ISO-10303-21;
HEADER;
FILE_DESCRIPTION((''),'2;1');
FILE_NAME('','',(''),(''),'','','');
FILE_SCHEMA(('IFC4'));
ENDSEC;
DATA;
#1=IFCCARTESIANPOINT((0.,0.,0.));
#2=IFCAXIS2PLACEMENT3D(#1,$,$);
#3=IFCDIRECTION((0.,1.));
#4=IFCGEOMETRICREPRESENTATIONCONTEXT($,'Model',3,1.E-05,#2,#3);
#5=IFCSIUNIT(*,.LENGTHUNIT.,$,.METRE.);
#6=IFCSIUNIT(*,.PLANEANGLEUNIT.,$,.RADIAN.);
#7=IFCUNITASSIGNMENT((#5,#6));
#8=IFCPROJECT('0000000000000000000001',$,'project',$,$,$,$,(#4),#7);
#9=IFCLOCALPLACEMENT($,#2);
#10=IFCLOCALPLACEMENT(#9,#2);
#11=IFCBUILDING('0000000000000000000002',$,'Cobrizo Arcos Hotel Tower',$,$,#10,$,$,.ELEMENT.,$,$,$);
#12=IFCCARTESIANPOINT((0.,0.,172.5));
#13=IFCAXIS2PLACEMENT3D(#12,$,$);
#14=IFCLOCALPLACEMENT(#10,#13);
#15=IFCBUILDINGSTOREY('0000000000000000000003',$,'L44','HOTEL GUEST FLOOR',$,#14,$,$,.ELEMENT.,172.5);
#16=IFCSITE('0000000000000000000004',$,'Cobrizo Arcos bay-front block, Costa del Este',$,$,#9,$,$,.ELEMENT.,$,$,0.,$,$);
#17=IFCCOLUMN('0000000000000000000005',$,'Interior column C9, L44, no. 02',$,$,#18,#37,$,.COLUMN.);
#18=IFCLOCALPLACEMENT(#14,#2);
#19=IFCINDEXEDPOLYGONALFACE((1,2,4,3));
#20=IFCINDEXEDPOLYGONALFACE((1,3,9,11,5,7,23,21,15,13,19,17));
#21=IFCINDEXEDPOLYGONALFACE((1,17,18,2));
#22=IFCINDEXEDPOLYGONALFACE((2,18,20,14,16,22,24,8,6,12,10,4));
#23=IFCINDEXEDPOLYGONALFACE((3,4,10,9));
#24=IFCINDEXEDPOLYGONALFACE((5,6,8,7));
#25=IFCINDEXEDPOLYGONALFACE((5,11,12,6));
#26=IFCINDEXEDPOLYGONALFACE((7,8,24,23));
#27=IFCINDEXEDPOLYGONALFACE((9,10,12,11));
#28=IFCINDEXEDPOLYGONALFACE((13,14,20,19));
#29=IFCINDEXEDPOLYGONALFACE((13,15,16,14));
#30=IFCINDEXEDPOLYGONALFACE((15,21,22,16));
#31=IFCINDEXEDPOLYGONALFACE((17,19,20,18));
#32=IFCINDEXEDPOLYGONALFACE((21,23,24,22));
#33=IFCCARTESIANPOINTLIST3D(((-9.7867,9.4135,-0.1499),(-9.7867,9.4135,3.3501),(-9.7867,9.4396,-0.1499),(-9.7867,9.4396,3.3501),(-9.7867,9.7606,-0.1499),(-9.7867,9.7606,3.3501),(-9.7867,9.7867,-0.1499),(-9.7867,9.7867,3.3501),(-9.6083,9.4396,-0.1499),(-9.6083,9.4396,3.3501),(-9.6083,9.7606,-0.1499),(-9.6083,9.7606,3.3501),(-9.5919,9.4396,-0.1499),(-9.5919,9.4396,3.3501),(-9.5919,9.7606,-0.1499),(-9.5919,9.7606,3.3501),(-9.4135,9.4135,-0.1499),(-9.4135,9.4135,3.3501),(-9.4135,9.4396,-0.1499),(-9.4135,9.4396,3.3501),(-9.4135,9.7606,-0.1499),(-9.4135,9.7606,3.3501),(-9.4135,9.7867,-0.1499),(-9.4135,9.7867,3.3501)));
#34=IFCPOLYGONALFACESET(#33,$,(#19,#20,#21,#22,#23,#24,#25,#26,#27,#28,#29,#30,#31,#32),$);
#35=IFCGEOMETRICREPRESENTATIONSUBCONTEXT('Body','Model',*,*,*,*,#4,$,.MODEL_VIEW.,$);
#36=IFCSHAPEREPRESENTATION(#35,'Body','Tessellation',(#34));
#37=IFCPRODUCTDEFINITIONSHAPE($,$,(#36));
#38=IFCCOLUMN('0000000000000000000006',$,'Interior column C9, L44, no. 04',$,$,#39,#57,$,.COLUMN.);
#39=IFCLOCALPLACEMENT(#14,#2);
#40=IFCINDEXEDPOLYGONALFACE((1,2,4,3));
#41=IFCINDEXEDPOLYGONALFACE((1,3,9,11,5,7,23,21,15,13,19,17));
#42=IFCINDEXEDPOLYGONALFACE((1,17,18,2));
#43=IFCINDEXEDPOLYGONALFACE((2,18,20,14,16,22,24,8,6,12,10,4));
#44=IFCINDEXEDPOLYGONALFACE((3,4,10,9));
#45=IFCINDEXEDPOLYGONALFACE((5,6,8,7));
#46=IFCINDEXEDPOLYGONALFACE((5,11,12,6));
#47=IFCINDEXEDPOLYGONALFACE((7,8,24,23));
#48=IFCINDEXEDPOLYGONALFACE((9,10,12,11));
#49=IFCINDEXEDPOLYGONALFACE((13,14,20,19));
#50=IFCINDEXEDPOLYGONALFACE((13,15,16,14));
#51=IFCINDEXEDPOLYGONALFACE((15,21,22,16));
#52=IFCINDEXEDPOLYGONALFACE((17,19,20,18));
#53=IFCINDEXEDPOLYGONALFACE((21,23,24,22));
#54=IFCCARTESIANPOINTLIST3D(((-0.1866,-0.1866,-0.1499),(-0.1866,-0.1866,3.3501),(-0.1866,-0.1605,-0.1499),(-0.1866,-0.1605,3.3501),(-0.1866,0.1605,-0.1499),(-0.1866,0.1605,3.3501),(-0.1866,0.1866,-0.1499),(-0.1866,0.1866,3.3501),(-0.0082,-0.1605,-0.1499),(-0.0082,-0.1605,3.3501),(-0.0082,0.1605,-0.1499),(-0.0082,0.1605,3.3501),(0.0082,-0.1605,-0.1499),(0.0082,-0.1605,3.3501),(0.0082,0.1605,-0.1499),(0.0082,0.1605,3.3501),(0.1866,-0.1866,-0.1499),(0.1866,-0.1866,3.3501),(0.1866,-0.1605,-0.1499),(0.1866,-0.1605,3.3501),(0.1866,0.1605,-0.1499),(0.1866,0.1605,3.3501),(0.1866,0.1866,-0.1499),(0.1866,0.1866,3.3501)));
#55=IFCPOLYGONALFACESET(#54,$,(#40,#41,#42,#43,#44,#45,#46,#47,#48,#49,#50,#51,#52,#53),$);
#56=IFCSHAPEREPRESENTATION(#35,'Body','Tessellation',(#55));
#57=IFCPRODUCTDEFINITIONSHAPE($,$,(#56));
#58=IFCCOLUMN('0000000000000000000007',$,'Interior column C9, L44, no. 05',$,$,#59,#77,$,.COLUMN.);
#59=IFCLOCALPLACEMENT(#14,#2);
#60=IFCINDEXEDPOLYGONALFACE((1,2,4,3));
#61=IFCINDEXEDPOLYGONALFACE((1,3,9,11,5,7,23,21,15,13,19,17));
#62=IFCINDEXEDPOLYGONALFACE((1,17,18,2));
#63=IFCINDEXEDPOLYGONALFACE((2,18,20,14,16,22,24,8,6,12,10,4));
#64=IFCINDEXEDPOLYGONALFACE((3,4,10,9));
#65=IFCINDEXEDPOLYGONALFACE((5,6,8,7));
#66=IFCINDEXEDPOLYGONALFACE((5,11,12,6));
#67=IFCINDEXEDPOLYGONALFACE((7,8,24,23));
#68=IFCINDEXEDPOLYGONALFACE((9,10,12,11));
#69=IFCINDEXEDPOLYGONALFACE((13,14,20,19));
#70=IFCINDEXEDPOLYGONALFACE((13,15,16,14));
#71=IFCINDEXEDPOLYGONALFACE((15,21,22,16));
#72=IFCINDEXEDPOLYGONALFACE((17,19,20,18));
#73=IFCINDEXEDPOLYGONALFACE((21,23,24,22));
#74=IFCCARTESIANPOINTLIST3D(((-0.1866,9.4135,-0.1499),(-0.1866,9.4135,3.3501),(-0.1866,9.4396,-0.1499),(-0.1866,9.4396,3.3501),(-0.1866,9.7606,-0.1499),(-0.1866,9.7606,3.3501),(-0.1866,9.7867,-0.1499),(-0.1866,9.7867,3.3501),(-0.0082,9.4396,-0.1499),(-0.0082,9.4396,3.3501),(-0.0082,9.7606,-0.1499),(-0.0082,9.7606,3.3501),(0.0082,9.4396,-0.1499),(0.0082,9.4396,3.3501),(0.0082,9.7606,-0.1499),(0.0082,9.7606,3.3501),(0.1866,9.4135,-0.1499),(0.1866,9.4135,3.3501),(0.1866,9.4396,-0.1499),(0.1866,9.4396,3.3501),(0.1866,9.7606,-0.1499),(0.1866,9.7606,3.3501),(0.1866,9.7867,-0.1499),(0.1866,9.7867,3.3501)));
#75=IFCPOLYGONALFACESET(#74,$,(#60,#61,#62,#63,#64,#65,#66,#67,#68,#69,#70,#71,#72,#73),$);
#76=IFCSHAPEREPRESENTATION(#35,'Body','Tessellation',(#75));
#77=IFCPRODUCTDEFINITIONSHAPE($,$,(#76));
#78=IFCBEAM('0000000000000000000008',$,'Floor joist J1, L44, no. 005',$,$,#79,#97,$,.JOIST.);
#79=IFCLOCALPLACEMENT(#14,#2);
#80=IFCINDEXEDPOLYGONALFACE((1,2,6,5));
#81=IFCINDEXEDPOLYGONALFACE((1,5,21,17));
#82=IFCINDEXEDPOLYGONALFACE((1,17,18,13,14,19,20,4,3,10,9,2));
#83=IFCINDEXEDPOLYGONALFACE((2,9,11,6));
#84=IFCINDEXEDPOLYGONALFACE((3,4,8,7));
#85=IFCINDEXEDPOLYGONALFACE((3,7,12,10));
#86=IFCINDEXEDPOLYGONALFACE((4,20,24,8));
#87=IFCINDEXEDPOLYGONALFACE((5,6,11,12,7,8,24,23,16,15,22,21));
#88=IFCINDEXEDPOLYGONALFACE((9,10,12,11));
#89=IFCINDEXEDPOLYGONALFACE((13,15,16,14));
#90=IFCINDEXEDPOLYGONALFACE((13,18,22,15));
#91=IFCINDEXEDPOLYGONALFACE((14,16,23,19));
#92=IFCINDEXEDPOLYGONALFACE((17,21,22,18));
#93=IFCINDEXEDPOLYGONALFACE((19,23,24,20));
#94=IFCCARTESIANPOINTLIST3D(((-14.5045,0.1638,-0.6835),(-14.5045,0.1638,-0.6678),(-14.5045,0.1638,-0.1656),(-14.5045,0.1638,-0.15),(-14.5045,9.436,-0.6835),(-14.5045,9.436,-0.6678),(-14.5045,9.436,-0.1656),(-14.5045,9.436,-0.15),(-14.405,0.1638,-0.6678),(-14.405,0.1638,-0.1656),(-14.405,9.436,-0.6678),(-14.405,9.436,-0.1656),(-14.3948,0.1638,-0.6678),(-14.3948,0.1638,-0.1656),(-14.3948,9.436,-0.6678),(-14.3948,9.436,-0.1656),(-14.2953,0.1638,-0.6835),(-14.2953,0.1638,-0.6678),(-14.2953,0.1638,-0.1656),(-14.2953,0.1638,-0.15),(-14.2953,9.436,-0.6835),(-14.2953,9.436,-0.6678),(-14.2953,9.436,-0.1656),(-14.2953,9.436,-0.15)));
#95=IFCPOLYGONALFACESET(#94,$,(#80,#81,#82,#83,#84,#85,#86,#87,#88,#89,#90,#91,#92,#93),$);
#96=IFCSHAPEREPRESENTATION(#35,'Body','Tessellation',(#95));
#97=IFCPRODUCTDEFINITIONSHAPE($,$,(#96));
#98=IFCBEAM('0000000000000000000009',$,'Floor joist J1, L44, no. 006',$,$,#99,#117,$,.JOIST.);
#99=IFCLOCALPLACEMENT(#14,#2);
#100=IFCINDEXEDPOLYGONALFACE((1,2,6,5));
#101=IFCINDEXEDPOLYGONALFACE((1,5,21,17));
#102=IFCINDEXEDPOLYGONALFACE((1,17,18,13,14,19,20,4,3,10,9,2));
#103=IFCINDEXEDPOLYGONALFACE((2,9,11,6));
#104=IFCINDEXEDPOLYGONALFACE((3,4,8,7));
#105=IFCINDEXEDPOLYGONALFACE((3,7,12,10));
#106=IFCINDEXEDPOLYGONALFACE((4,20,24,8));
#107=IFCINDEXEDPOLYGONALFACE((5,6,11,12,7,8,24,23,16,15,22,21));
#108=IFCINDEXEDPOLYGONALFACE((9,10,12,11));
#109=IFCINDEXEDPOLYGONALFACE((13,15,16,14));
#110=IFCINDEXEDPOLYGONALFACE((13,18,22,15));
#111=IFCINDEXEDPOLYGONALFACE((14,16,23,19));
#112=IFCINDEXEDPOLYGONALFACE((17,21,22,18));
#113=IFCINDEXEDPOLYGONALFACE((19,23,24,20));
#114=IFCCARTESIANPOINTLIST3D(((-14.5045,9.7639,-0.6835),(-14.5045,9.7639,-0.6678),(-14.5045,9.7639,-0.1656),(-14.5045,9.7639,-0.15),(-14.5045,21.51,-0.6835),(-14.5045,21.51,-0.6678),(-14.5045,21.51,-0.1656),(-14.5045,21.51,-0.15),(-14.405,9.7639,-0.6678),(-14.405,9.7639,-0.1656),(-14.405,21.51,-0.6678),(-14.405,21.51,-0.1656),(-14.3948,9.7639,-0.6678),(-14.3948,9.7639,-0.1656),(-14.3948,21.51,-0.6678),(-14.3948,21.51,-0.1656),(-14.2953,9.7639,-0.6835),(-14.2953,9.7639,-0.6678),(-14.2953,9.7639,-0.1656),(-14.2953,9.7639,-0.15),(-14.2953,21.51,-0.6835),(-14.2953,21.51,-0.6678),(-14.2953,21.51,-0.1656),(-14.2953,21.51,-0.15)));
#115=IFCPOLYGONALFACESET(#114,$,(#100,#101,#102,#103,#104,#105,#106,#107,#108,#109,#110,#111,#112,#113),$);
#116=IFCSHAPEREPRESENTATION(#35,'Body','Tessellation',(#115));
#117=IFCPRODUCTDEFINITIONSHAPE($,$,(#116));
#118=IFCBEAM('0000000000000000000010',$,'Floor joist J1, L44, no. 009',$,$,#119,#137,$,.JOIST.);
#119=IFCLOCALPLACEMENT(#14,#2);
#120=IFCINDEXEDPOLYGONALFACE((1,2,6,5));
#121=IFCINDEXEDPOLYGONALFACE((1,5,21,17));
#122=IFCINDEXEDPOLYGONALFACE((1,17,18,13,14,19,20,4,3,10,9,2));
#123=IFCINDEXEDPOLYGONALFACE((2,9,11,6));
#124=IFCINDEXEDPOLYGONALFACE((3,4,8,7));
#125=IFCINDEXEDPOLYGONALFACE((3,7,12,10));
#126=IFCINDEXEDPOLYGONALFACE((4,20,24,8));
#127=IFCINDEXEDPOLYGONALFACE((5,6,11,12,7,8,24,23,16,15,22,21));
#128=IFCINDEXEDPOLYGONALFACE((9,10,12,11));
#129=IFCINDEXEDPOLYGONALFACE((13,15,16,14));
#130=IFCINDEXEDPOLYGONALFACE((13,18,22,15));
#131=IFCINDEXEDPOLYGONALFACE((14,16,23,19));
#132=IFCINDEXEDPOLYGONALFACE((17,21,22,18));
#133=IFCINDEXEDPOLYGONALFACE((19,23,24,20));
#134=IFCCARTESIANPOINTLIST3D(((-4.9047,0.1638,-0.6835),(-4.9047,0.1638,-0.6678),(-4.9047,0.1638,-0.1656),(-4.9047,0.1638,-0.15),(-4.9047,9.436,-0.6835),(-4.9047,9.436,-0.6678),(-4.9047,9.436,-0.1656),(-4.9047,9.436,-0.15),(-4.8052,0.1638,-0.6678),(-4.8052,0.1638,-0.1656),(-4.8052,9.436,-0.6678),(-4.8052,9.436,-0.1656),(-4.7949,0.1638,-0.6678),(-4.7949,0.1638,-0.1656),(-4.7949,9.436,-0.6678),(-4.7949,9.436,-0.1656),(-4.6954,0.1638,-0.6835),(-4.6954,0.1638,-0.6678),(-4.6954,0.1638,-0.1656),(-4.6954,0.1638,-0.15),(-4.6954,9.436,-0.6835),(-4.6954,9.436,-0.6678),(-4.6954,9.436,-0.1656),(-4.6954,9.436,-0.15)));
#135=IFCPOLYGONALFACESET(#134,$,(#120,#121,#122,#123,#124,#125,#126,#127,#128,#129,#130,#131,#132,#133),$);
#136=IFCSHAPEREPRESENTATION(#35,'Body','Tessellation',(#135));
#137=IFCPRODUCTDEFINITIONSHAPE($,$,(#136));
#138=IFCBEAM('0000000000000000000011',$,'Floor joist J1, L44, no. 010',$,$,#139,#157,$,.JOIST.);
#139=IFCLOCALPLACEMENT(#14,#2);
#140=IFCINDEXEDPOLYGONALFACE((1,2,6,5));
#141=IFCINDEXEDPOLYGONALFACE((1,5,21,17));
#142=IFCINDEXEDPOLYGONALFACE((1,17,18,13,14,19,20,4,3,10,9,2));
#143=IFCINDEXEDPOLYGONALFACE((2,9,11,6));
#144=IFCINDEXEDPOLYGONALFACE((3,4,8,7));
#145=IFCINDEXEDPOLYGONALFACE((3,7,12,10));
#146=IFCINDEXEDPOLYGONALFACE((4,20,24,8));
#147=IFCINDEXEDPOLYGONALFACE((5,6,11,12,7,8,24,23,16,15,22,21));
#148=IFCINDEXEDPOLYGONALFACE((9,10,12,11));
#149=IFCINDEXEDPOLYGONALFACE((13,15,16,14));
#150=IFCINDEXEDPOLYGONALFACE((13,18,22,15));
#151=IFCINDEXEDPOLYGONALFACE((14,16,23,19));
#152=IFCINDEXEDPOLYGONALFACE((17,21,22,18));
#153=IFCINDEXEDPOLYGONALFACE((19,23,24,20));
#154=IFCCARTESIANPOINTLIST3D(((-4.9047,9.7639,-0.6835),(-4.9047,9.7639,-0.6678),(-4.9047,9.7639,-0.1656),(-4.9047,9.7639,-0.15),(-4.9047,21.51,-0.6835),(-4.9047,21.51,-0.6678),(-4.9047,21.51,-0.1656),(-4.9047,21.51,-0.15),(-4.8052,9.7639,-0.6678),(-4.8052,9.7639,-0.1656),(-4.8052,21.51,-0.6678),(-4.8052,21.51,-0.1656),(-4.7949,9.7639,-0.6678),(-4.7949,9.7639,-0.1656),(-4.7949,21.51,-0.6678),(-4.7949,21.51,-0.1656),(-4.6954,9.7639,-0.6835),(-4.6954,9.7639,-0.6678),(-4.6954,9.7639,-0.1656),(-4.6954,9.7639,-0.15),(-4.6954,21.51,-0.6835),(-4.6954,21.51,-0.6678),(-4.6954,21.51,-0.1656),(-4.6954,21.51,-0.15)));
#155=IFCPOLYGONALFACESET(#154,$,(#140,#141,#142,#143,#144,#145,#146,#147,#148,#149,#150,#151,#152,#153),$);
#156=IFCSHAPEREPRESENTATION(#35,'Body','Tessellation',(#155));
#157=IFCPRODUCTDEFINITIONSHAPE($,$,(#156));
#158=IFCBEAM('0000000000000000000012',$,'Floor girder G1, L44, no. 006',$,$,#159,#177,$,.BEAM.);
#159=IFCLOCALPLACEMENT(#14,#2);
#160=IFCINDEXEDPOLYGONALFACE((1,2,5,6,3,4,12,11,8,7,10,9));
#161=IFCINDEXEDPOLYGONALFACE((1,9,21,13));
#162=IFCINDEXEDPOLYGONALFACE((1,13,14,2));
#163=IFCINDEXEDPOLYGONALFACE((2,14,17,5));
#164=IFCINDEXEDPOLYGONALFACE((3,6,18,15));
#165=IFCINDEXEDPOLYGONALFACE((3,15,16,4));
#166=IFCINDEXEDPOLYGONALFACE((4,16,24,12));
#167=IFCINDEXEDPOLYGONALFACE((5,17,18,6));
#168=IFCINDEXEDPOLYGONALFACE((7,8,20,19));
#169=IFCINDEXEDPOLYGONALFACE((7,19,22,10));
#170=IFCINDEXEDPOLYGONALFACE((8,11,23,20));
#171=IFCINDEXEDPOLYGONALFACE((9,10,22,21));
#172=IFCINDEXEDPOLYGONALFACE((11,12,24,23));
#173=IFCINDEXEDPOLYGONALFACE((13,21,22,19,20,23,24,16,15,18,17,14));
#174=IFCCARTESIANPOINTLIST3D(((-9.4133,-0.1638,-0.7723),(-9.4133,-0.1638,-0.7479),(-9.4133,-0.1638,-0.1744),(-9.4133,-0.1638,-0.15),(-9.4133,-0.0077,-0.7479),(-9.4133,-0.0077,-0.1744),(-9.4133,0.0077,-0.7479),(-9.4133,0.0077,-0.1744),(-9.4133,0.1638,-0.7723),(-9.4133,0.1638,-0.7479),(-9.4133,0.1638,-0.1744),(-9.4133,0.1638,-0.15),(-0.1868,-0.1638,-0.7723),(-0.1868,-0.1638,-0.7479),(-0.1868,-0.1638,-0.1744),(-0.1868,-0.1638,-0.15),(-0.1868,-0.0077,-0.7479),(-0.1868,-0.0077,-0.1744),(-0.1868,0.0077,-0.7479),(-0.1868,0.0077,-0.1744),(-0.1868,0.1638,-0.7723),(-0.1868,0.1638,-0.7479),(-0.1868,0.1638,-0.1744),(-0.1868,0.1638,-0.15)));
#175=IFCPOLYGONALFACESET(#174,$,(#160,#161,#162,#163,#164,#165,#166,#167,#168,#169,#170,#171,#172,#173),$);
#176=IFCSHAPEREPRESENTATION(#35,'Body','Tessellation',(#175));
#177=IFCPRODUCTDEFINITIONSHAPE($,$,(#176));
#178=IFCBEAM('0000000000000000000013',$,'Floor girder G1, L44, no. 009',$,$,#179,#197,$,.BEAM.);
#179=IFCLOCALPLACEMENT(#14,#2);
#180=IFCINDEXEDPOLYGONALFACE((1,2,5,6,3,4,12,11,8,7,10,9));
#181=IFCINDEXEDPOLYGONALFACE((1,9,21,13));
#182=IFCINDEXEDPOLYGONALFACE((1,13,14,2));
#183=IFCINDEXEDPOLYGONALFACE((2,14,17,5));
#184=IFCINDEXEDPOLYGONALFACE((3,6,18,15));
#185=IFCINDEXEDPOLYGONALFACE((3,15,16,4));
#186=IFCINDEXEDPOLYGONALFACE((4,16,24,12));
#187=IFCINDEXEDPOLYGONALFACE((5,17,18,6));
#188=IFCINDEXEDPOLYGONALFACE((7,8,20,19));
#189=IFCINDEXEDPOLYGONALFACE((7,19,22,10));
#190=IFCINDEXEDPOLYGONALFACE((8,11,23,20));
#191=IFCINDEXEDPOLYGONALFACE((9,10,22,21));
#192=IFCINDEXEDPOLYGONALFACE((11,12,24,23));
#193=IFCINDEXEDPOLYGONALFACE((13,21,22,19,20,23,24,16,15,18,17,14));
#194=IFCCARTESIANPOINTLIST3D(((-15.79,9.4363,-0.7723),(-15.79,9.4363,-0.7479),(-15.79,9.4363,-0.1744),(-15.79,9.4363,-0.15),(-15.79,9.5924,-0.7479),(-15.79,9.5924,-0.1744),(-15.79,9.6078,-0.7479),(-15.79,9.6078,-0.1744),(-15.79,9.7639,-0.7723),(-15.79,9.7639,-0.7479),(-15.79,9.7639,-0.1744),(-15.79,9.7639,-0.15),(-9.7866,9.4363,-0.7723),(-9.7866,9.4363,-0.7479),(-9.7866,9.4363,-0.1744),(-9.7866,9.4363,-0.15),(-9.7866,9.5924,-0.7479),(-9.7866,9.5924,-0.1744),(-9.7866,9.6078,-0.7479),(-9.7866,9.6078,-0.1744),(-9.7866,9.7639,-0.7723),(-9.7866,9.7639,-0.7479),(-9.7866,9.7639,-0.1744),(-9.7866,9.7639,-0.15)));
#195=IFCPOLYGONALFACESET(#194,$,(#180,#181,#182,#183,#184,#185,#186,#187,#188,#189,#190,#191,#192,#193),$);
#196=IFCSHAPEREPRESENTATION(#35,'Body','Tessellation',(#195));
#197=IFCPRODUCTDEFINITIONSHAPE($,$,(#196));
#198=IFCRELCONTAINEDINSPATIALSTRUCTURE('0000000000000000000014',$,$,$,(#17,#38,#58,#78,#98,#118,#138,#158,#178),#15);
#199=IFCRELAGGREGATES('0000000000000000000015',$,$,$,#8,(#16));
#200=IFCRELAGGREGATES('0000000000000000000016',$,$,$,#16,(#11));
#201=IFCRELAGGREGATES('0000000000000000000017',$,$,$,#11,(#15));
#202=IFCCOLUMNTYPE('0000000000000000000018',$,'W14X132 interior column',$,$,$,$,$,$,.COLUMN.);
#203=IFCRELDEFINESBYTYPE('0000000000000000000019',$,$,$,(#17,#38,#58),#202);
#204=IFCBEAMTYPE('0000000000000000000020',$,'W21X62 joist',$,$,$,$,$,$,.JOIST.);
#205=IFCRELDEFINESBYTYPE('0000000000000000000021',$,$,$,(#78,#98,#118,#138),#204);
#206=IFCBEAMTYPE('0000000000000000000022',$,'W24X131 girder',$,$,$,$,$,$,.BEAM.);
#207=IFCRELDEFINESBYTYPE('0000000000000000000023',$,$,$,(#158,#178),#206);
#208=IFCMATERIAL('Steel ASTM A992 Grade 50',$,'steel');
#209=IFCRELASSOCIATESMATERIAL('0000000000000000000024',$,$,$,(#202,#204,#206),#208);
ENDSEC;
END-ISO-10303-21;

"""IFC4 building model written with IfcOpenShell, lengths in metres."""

from ifc_helpers import new_model, si_unit, direction, frame, origin, origin_2d, place, context, subcontext, project, spatial, i_section, extrude, material, material_profile, profile_set, type_object, element, save


model = new_model("IFC4")

# Units and contexts
model_context = context("Model", 3, precision=1e-05, world=origin(), true_north=direction((0.0, 1.0)))
body_context = subcontext(model_context, "Body", "Model", "MODEL_VIEW")
ifc_project = project(units=[si_unit("LENGTHUNIT", "METRE"), si_unit("PLANEANGLEUNIT", "RADIAN")], contexts=[model_context])

# Site, building, storey
site_placement = place(None, origin())
site = spatial("IfcSite", under=ifc_project, at=site_placement, Name="Cobrizo Arcos bay-front block, Costa del Este", CompositionType="ELEMENT", RefElevation=0.0)
building_placement = place(site_placement, origin())
building = spatial("IfcBuilding", under=site, at=building_placement, Name="Cobrizo Arcos Hotel Tower", CompositionType="ELEMENT")
storey_placement = place(building_placement, frame((0.0, 0.0, 172.5)))
storey = spatial("IfcBuildingStorey", under=building, at=storey_placement, Name="L44", Description="HOTEL GUEST FLOOR", CompositionType="ELEMENT", Elevation=172.5)

# Columns
ifc_material_1 = material(Name="Steel ASTM A992 Grade 50", Category="steel")
ifc_material_profile_1 = material_profile(ifc_material_1, i_section(OverallWidth=0.3733, OverallDepth=0.3733, WebThickness=0.0164, FlangeThickness=0.0261, at=origin_2d()), Name="W14X132")
ifc_profile_set_1 = profile_set([ifc_material_profile_1], Name="Steel ASTM A992 Grade 50")
column_type = type_object("IfcColumnType", Name="W14X132 interior column", PredefinedType="COLUMN", material=ifc_profile_set_1)
for number, where, z_axis, x_axis, name in (
    (1, (-9.6001, 9.6001, -0.1499), (0.0, 0.0, 1.0), (1.0, 0.0, 0.0), "Interior column C9, L44, no. 02"),
    (2, (0.0, 0.0, -0.1499), (0.0, 0.0, 1.0), (1.0, 0.0, 0.0), "Interior column C9, L44, no. 04"),
    (3, (0.0, 9.6001, -0.1499), (0.0, 0.0, 1.0), (1.0, 0.0, 0.0), "Interior column C9, L44, no. 05"),
):
    element("IfcColumn", number, at=place(storey_placement, frame(where, z_axis=z_axis, x_axis=x_axis)), inside=storey, type_object=column_type, Name=name, PredefinedType="COLUMN", context=body_context, shape_type="SweptSolid", body=[
        extrude(i_section(OverallWidth=0.3733, OverallDepth=0.3733, WebThickness=0.0164, FlangeThickness=0.0261, at=origin_2d()), origin(), (0.0, 0.0, 1.0), 3.5),
    ])

# Beams
ifc_material_profile_2 = material_profile(ifc_material_1, i_section(OverallWidth=0.2092, OverallDepth=0.5334, WebThickness=0.0103, FlangeThickness=0.0156, at=origin_2d()), Name="W21X62")
ifc_profile_set_2 = profile_set([ifc_material_profile_2], Name="Steel ASTM A992 Grade 50")
beam_type_1 = type_object("IfcBeamType", Name="W21X62 joist", PredefinedType="JOIST", material=ifc_profile_set_2)
beam_1_placement = place(storey_placement, frame((-14.3999, 0.1638, -0.4167), z_axis=(0.0, 1.0, 0.0), x_axis=(-1.0, 0.0, 0.0)))
element("IfcBeam", 4, at=beam_1_placement, inside=storey, type_object=beam_type_1, Name="Floor joist J1, L44, no. 005", PredefinedType="JOIST", context=body_context, shape_type="SweptSolid", body=[
    extrude(i_section(OverallWidth=0.2092, OverallDepth=0.5334, WebThickness=0.0103, FlangeThickness=0.0156, at=origin_2d()), origin(), (0.0, 0.0, 1.0), 9.2722),
])
beam_2_placement = place(storey_placement, frame((-14.3999, 9.7639, -0.4167), z_axis=(0.0, 1.0, 0.0), x_axis=(-1.0, 0.0, 0.0)))
element("IfcBeam", 5, at=beam_2_placement, inside=storey, type_object=beam_type_1, Name="Floor joist J1, L44, no. 006", PredefinedType="JOIST", context=body_context, shape_type="SweptSolid", body=[
    extrude(i_section(OverallWidth=0.2092, OverallDepth=0.5334, WebThickness=0.0103, FlangeThickness=0.0156, at=origin_2d()), origin(), (0.0, 0.0, 1.0), 11.7461),
])
beam_3_placement = place(storey_placement, frame((-4.8, 0.1638, -0.4167), z_axis=(0.0, 1.0, 0.0), x_axis=(-1.0, 0.0, 0.0)))
element("IfcBeam", 6, at=beam_3_placement, inside=storey, type_object=beam_type_1, Name="Floor joist J1, L44, no. 009", PredefinedType="JOIST", context=body_context, shape_type="SweptSolid", body=[
    extrude(i_section(OverallWidth=0.2092, OverallDepth=0.5334, WebThickness=0.0103, FlangeThickness=0.0156, at=origin_2d()), origin(), (0.0, 0.0, 1.0), 9.2722),
])
beam_4_placement = place(storey_placement, frame((-4.8, 9.7639, -0.4167), z_axis=(0.0, 1.0, 0.0), x_axis=(-1.0, 0.0, 0.0)))
element("IfcBeam", 7, at=beam_4_placement, inside=storey, type_object=beam_type_1, Name="Floor joist J1, L44, no. 010", PredefinedType="JOIST", context=body_context, shape_type="SweptSolid", body=[
    extrude(i_section(OverallWidth=0.2092, OverallDepth=0.5334, WebThickness=0.0103, FlangeThickness=0.0156, at=origin_2d()), origin(), (0.0, 0.0, 1.0), 11.7461),
])
ifc_material_profile_3 = material_profile(ifc_material_1, i_section(OverallWidth=0.3276, OverallDepth=0.6223, WebThickness=0.0154, FlangeThickness=0.0244, at=origin_2d()), Name="W24X131")
ifc_profile_set_3 = profile_set([ifc_material_profile_3], Name="Steel ASTM A992 Grade 50")
beam_type_2 = type_object("IfcBeamType", Name="W24X131 girder", PredefinedType="BEAM", material=ifc_profile_set_3)
beam_5_placement = place(storey_placement, frame((-9.4133, 0.0, -0.4612), z_axis=(1.0, 0.0, 0.0), x_axis=(0.0, 1.0, 0.0)))
element("IfcBeam", 8, at=beam_5_placement, inside=storey, type_object=beam_type_2, Name="Floor girder G1, L44, no. 006", PredefinedType="BEAM", context=body_context, shape_type="SweptSolid", body=[
    extrude(i_section(OverallWidth=0.3276, OverallDepth=0.6223, WebThickness=0.0154, FlangeThickness=0.0244, at=origin_2d()), origin(), (0.0, 0.0, 1.0), 9.2266),
])
beam_6_placement = place(storey_placement, frame((-15.79, 9.6001, -0.4612), z_axis=(1.0, 0.0, 0.0), x_axis=(0.0, 1.0, 0.0)))
element("IfcBeam", 9, at=beam_6_placement, inside=storey, type_object=beam_type_2, Name="Floor girder G1, L44, no. 009", PredefinedType="BEAM", context=body_context, shape_type="SweptSolid", body=[
    extrude(i_section(OverallWidth=0.3276, OverallDepth=0.6223, WebThickness=0.0154, FlangeThickness=0.0244, at=origin_2d()), origin(), (0.0, 0.0, 1.0), 6.0034),
])

save(model, "model.ifc")
